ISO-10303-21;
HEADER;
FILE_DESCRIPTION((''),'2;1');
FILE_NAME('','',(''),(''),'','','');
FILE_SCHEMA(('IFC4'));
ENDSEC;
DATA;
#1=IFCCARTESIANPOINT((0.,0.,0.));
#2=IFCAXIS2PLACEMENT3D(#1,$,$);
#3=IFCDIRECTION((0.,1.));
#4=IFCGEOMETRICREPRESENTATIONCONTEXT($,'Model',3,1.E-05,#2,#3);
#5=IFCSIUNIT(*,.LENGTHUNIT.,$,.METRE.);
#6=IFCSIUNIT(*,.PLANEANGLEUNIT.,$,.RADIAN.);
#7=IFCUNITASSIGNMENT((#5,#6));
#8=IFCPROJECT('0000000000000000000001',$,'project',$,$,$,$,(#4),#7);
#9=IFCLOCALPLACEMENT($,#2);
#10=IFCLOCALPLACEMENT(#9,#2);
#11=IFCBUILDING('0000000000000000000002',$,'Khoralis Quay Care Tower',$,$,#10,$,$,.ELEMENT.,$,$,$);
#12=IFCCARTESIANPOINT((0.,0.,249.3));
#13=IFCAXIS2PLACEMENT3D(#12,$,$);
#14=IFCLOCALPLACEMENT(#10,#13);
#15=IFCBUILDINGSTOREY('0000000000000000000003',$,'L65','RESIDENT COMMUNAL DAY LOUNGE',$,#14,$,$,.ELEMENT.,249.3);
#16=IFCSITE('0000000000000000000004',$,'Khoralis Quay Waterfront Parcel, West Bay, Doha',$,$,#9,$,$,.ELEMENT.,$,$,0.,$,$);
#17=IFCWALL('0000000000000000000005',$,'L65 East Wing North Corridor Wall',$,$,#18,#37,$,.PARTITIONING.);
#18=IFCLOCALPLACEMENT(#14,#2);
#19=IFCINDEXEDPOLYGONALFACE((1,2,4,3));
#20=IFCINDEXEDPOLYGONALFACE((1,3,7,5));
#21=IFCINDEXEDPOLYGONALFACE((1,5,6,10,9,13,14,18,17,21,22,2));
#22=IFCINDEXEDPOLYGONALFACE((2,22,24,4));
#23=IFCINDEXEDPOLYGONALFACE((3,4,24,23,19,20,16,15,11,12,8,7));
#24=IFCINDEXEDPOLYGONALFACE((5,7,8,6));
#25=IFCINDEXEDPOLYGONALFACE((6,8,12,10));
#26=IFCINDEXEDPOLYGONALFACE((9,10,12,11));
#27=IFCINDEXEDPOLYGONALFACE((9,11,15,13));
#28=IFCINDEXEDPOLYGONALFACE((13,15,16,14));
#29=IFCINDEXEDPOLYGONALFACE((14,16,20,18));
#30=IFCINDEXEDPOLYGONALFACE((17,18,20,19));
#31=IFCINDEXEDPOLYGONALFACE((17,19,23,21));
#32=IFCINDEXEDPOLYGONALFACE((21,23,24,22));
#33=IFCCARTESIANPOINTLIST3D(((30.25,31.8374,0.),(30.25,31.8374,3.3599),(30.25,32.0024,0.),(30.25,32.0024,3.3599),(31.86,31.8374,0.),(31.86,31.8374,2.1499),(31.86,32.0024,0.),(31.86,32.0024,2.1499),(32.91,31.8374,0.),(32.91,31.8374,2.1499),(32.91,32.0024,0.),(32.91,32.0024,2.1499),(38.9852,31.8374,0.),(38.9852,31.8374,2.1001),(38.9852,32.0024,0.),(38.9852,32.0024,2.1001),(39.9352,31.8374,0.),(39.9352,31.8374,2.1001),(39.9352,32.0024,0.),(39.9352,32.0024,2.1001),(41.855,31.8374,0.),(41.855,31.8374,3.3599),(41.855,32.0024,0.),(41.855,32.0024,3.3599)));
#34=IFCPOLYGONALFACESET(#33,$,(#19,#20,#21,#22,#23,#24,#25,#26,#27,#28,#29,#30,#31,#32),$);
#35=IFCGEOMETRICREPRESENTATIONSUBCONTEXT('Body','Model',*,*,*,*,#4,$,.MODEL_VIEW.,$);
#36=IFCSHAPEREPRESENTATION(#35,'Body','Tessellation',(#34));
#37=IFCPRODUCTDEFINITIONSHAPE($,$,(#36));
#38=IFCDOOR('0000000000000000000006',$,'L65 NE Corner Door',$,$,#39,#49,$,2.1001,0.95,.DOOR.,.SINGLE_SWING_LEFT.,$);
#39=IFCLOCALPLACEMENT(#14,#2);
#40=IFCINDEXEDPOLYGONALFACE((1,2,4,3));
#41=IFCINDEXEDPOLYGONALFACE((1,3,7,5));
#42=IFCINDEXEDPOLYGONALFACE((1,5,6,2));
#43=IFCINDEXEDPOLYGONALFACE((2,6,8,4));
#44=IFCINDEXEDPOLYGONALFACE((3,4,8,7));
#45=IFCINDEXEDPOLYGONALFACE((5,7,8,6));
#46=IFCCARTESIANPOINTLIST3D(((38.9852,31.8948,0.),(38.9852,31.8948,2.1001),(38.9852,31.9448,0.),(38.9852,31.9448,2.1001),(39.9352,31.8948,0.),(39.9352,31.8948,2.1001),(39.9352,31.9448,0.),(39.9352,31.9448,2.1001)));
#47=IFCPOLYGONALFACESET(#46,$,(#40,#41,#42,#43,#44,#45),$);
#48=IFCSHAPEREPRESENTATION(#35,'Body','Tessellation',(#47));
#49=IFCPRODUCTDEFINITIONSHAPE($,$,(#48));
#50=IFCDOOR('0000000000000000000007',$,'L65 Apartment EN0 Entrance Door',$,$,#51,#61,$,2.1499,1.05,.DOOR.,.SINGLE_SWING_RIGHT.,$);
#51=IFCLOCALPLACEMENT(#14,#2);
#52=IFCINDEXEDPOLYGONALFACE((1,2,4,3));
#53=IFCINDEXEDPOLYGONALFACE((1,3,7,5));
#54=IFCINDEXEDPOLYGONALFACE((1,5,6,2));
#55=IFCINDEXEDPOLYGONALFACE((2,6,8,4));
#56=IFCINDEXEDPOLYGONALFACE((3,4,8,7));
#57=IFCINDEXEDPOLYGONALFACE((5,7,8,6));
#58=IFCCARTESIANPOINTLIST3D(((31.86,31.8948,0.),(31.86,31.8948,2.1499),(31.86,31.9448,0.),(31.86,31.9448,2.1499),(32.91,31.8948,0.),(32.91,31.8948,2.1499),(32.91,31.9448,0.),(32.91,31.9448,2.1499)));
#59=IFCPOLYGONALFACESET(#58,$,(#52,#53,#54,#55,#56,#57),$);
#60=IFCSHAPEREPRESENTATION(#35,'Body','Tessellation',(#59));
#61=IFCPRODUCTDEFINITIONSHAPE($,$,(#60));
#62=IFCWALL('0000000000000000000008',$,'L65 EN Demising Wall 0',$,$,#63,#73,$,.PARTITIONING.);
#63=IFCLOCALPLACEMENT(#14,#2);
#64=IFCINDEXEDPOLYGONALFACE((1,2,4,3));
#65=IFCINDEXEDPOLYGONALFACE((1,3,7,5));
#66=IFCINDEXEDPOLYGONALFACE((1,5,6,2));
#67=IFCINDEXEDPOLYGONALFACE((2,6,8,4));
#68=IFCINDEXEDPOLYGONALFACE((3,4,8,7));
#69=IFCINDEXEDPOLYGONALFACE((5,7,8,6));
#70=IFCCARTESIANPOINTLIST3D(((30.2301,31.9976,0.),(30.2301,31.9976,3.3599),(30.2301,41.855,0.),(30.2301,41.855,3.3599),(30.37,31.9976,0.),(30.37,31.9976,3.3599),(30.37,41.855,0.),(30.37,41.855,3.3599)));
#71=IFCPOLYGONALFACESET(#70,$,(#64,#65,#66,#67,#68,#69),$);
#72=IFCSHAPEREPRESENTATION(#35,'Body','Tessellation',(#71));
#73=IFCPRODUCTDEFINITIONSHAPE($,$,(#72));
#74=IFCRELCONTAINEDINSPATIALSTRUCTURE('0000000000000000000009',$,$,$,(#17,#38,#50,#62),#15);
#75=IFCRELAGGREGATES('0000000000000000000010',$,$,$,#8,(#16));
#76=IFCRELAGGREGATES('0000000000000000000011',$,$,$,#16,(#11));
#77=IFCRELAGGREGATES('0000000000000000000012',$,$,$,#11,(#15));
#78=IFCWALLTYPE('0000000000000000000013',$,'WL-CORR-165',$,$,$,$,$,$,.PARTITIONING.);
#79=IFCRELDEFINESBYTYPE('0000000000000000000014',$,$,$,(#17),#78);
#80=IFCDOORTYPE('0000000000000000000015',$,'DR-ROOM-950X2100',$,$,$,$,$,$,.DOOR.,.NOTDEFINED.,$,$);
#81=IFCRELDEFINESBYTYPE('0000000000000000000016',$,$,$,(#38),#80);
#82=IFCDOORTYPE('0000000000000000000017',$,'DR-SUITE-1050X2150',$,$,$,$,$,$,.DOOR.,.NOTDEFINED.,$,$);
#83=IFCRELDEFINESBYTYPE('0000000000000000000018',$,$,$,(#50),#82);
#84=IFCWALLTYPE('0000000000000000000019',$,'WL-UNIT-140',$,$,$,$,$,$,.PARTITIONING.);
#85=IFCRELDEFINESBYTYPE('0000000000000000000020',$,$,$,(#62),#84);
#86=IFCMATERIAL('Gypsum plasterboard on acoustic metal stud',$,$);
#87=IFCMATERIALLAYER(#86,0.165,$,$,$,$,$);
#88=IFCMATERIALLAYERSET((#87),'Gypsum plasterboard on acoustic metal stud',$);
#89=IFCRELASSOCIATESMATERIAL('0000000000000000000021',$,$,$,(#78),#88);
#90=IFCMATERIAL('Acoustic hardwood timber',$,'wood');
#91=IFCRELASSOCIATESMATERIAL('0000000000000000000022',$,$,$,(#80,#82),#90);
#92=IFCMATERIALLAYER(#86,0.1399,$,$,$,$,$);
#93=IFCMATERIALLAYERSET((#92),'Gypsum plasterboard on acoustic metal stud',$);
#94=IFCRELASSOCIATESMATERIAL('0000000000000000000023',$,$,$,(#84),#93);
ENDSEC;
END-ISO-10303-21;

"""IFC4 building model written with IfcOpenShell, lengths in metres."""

from ifc_helpers import new_model, si_unit, direction, frame, frame_2d, origin, place, context, subcontext, project, spatial, rectangle, extrude, source, transform, mapped, material, layer, layer_set, type_object, element, fill, save


model = new_model("IFC4")

# Units and contexts
model_context = context("Model", 3, precision=1e-05, world=origin(), true_north=direction((0.0, 1.0)))
body_context = subcontext(model_context, "Body", "Model", "MODEL_VIEW")
ifc_project = project(units=[si_unit("LENGTHUNIT", "METRE"), si_unit("PLANEANGLEUNIT", "RADIAN")], contexts=[model_context])

# Site, building, storey
site_placement = place(None, origin())
site = spatial("IfcSite", under=ifc_project, at=site_placement, Name="Khoralis Quay Waterfront Parcel, West Bay, Doha", CompositionType="ELEMENT", RefElevation=0.0)
building_placement = place(site_placement, origin())
building = spatial("IfcBuilding", under=site, at=building_placement, Name="Khoralis Quay Care Tower", CompositionType="ELEMENT")
storey_placement = place(building_placement, frame((0.0, 0.0, 249.3)))
storey = spatial("IfcBuildingStorey", under=building, at=storey_placement, Name="L65", Description="RESIDENT COMMUNAL DAY LOUNGE", CompositionType="ELEMENT", Elevation=249.3)

# Shared definitions
ifc_material_1 = material(Name="Gypsum plasterboard on acoustic metal stud")
ifc_layer_1 = layer(ifc_material_1, 0.165)
ifc_layer_set_1 = layer_set([ifc_layer_1], Name="Gypsum plasterboard on acoustic metal stud")
wall_type_1 = type_object("IfcWallType", Name="WL-CORR-165", PredefinedType="PARTITIONING", material=ifc_layer_set_1)

# Wall, openings, doors
wall_1_placement = place(storey_placement, frame((30.25, 31.9199, 0.0), z_axis=(0.0, 0.0, 1.0), x_axis=(1.0, 0.0, 0.0)))
wall_1 = element("IfcWall", 1, at=wall_1_placement, inside=storey, type_object=wall_type_1, Name="L65 East Wing North Corridor Wall", PredefinedType="PARTITIONING", context=body_context, shape_type="SweptSolid", body=[
    extrude(rectangle(XDim=11.605, YDim=0.165, at=frame_2d((5.8025, 0.0))), origin(), (0.0, 0.0, 1.0), 3.3599),
])
opening_1_placement = place(wall_1_placement, frame((1.6101, 0.0, 0.0)))
opening_1 = element("IfcOpeningElement", 2, at=opening_1_placement, cuts=wall_1, PredefinedType="OPENING", context=body_context, shape_type="SweptSolid", body=[
    extrude(rectangle(XDim=1.05, YDim=2.1499, at=frame_2d((0.5249, 1.075))), frame((0.0, 0.0925, 0.0), z_axis=(0.0, -1.0, 0.0), x_axis=(1.0, 0.0, 0.0)), (0.0, 0.0, 1.0), 0.1851),
])
opening_2_placement = place(wall_1_placement, frame((8.7351, 0.0, 0.0)))
opening_2 = element("IfcOpeningElement", 3, at=opening_2_placement, cuts=wall_1, PredefinedType="OPENING", context=body_context, shape_type="SweptSolid", body=[
    extrude(rectangle(XDim=0.95, YDim=2.1001, at=frame_2d((0.4751, 1.05))), frame((0.0, 0.0925, 0.0), z_axis=(0.0, -1.0, 0.0), x_axis=(1.0, 0.0, 0.0)), (0.0, 0.0, 1.0), 0.1851),
])
ifc_material_2 = material(Name="Acoustic hardwood timber", Category="wood")
door_type_1 = type_object("IfcDoorType", Name="DR-ROOM-950X2100", OperationType="NOTDEFINED", PredefinedType="DOOR", material=ifc_material_2)
shared_shape_1 = source(origin(), body_context, "Body", "SweptSolid", [
    extrude(rectangle(XDim=0.95, YDim=2.1001, at=frame_2d((0.4751, 1.05))), frame((0.0, 0.0249, 0.0), z_axis=(0.0, -1.0, 0.0), x_axis=(1.0, 0.0, 0.0)), (0.0, 0.0, 1.0), 0.05),
])
door_1_placement = place(opening_2_placement, origin())
door_1 = element("IfcDoor", 4, at=door_1_placement, inside=storey, type_object=door_type_1, Name="L65 NE Corner Door", OperationType="SINGLE_SWING_LEFT", OverallHeight=2.1001, OverallWidth=0.95, PredefinedType="DOOR", context=body_context, shape_type="MappedRepresentation", body=[
    mapped(shared_shape_1, transform((0.0, 0.0, 0.0), scale=1.0)),
])
fill(opening_2, door_1)
door_type_2 = type_object("IfcDoorType", Name="DR-SUITE-1050X2150", OperationType="NOTDEFINED", PredefinedType="DOOR", material=ifc_material_2)
shared_shape_2 = source(origin(), body_context, "Body", "SweptSolid", [
    extrude(rectangle(XDim=1.05, YDim=2.1499, at=frame_2d((0.5249, 1.075))), frame((0.0, 0.0249, 0.0), z_axis=(0.0, -1.0, 0.0), x_axis=(1.0, 0.0, 0.0)), (0.0, 0.0, 1.0), 0.05),
])
door_2_placement = place(opening_1_placement, origin())
door_2 = element("IfcDoor", 5, at=door_2_placement, inside=storey, type_object=door_type_2, Name="L65 Apartment EN0 Entrance Door", OperationType="SINGLE_SWING_RIGHT", OverallHeight=2.1499, OverallWidth=1.05, PredefinedType="DOOR", context=body_context, shape_type="MappedRepresentation", body=[
    mapped(shared_shape_2, transform((0.0, 0.0, 0.0), scale=1.0)),
])
fill(opening_1, door_2)

# Wall
ifc_layer_2 = layer(ifc_material_1, 0.1399)
ifc_layer_set_2 = layer_set([ifc_layer_2], Name="Gypsum plasterboard on acoustic metal stud")
wall_type_2 = type_object("IfcWallType", Name="WL-UNIT-140", PredefinedType="PARTITIONING", material=ifc_layer_set_2)
wall_2_placement = place(storey_placement, frame((30.3, 31.9976, 0.0), z_axis=(0.0, 0.0, 1.0), x_axis=(0.0, 1.0, 0.0)))
element("IfcWall", 6, at=wall_2_placement, inside=storey, type_object=wall_type_2, Name="L65 EN Demising Wall 0", PredefinedType="PARTITIONING", context=body_context, shape_type="SweptSolid", body=[
    extrude(rectangle(XDim=9.8574, YDim=0.1399, at=frame_2d((4.9287, 0.0))), origin(), (0.0, 0.0, 1.0), 3.3599),
])

save(model, "model.ifc")
